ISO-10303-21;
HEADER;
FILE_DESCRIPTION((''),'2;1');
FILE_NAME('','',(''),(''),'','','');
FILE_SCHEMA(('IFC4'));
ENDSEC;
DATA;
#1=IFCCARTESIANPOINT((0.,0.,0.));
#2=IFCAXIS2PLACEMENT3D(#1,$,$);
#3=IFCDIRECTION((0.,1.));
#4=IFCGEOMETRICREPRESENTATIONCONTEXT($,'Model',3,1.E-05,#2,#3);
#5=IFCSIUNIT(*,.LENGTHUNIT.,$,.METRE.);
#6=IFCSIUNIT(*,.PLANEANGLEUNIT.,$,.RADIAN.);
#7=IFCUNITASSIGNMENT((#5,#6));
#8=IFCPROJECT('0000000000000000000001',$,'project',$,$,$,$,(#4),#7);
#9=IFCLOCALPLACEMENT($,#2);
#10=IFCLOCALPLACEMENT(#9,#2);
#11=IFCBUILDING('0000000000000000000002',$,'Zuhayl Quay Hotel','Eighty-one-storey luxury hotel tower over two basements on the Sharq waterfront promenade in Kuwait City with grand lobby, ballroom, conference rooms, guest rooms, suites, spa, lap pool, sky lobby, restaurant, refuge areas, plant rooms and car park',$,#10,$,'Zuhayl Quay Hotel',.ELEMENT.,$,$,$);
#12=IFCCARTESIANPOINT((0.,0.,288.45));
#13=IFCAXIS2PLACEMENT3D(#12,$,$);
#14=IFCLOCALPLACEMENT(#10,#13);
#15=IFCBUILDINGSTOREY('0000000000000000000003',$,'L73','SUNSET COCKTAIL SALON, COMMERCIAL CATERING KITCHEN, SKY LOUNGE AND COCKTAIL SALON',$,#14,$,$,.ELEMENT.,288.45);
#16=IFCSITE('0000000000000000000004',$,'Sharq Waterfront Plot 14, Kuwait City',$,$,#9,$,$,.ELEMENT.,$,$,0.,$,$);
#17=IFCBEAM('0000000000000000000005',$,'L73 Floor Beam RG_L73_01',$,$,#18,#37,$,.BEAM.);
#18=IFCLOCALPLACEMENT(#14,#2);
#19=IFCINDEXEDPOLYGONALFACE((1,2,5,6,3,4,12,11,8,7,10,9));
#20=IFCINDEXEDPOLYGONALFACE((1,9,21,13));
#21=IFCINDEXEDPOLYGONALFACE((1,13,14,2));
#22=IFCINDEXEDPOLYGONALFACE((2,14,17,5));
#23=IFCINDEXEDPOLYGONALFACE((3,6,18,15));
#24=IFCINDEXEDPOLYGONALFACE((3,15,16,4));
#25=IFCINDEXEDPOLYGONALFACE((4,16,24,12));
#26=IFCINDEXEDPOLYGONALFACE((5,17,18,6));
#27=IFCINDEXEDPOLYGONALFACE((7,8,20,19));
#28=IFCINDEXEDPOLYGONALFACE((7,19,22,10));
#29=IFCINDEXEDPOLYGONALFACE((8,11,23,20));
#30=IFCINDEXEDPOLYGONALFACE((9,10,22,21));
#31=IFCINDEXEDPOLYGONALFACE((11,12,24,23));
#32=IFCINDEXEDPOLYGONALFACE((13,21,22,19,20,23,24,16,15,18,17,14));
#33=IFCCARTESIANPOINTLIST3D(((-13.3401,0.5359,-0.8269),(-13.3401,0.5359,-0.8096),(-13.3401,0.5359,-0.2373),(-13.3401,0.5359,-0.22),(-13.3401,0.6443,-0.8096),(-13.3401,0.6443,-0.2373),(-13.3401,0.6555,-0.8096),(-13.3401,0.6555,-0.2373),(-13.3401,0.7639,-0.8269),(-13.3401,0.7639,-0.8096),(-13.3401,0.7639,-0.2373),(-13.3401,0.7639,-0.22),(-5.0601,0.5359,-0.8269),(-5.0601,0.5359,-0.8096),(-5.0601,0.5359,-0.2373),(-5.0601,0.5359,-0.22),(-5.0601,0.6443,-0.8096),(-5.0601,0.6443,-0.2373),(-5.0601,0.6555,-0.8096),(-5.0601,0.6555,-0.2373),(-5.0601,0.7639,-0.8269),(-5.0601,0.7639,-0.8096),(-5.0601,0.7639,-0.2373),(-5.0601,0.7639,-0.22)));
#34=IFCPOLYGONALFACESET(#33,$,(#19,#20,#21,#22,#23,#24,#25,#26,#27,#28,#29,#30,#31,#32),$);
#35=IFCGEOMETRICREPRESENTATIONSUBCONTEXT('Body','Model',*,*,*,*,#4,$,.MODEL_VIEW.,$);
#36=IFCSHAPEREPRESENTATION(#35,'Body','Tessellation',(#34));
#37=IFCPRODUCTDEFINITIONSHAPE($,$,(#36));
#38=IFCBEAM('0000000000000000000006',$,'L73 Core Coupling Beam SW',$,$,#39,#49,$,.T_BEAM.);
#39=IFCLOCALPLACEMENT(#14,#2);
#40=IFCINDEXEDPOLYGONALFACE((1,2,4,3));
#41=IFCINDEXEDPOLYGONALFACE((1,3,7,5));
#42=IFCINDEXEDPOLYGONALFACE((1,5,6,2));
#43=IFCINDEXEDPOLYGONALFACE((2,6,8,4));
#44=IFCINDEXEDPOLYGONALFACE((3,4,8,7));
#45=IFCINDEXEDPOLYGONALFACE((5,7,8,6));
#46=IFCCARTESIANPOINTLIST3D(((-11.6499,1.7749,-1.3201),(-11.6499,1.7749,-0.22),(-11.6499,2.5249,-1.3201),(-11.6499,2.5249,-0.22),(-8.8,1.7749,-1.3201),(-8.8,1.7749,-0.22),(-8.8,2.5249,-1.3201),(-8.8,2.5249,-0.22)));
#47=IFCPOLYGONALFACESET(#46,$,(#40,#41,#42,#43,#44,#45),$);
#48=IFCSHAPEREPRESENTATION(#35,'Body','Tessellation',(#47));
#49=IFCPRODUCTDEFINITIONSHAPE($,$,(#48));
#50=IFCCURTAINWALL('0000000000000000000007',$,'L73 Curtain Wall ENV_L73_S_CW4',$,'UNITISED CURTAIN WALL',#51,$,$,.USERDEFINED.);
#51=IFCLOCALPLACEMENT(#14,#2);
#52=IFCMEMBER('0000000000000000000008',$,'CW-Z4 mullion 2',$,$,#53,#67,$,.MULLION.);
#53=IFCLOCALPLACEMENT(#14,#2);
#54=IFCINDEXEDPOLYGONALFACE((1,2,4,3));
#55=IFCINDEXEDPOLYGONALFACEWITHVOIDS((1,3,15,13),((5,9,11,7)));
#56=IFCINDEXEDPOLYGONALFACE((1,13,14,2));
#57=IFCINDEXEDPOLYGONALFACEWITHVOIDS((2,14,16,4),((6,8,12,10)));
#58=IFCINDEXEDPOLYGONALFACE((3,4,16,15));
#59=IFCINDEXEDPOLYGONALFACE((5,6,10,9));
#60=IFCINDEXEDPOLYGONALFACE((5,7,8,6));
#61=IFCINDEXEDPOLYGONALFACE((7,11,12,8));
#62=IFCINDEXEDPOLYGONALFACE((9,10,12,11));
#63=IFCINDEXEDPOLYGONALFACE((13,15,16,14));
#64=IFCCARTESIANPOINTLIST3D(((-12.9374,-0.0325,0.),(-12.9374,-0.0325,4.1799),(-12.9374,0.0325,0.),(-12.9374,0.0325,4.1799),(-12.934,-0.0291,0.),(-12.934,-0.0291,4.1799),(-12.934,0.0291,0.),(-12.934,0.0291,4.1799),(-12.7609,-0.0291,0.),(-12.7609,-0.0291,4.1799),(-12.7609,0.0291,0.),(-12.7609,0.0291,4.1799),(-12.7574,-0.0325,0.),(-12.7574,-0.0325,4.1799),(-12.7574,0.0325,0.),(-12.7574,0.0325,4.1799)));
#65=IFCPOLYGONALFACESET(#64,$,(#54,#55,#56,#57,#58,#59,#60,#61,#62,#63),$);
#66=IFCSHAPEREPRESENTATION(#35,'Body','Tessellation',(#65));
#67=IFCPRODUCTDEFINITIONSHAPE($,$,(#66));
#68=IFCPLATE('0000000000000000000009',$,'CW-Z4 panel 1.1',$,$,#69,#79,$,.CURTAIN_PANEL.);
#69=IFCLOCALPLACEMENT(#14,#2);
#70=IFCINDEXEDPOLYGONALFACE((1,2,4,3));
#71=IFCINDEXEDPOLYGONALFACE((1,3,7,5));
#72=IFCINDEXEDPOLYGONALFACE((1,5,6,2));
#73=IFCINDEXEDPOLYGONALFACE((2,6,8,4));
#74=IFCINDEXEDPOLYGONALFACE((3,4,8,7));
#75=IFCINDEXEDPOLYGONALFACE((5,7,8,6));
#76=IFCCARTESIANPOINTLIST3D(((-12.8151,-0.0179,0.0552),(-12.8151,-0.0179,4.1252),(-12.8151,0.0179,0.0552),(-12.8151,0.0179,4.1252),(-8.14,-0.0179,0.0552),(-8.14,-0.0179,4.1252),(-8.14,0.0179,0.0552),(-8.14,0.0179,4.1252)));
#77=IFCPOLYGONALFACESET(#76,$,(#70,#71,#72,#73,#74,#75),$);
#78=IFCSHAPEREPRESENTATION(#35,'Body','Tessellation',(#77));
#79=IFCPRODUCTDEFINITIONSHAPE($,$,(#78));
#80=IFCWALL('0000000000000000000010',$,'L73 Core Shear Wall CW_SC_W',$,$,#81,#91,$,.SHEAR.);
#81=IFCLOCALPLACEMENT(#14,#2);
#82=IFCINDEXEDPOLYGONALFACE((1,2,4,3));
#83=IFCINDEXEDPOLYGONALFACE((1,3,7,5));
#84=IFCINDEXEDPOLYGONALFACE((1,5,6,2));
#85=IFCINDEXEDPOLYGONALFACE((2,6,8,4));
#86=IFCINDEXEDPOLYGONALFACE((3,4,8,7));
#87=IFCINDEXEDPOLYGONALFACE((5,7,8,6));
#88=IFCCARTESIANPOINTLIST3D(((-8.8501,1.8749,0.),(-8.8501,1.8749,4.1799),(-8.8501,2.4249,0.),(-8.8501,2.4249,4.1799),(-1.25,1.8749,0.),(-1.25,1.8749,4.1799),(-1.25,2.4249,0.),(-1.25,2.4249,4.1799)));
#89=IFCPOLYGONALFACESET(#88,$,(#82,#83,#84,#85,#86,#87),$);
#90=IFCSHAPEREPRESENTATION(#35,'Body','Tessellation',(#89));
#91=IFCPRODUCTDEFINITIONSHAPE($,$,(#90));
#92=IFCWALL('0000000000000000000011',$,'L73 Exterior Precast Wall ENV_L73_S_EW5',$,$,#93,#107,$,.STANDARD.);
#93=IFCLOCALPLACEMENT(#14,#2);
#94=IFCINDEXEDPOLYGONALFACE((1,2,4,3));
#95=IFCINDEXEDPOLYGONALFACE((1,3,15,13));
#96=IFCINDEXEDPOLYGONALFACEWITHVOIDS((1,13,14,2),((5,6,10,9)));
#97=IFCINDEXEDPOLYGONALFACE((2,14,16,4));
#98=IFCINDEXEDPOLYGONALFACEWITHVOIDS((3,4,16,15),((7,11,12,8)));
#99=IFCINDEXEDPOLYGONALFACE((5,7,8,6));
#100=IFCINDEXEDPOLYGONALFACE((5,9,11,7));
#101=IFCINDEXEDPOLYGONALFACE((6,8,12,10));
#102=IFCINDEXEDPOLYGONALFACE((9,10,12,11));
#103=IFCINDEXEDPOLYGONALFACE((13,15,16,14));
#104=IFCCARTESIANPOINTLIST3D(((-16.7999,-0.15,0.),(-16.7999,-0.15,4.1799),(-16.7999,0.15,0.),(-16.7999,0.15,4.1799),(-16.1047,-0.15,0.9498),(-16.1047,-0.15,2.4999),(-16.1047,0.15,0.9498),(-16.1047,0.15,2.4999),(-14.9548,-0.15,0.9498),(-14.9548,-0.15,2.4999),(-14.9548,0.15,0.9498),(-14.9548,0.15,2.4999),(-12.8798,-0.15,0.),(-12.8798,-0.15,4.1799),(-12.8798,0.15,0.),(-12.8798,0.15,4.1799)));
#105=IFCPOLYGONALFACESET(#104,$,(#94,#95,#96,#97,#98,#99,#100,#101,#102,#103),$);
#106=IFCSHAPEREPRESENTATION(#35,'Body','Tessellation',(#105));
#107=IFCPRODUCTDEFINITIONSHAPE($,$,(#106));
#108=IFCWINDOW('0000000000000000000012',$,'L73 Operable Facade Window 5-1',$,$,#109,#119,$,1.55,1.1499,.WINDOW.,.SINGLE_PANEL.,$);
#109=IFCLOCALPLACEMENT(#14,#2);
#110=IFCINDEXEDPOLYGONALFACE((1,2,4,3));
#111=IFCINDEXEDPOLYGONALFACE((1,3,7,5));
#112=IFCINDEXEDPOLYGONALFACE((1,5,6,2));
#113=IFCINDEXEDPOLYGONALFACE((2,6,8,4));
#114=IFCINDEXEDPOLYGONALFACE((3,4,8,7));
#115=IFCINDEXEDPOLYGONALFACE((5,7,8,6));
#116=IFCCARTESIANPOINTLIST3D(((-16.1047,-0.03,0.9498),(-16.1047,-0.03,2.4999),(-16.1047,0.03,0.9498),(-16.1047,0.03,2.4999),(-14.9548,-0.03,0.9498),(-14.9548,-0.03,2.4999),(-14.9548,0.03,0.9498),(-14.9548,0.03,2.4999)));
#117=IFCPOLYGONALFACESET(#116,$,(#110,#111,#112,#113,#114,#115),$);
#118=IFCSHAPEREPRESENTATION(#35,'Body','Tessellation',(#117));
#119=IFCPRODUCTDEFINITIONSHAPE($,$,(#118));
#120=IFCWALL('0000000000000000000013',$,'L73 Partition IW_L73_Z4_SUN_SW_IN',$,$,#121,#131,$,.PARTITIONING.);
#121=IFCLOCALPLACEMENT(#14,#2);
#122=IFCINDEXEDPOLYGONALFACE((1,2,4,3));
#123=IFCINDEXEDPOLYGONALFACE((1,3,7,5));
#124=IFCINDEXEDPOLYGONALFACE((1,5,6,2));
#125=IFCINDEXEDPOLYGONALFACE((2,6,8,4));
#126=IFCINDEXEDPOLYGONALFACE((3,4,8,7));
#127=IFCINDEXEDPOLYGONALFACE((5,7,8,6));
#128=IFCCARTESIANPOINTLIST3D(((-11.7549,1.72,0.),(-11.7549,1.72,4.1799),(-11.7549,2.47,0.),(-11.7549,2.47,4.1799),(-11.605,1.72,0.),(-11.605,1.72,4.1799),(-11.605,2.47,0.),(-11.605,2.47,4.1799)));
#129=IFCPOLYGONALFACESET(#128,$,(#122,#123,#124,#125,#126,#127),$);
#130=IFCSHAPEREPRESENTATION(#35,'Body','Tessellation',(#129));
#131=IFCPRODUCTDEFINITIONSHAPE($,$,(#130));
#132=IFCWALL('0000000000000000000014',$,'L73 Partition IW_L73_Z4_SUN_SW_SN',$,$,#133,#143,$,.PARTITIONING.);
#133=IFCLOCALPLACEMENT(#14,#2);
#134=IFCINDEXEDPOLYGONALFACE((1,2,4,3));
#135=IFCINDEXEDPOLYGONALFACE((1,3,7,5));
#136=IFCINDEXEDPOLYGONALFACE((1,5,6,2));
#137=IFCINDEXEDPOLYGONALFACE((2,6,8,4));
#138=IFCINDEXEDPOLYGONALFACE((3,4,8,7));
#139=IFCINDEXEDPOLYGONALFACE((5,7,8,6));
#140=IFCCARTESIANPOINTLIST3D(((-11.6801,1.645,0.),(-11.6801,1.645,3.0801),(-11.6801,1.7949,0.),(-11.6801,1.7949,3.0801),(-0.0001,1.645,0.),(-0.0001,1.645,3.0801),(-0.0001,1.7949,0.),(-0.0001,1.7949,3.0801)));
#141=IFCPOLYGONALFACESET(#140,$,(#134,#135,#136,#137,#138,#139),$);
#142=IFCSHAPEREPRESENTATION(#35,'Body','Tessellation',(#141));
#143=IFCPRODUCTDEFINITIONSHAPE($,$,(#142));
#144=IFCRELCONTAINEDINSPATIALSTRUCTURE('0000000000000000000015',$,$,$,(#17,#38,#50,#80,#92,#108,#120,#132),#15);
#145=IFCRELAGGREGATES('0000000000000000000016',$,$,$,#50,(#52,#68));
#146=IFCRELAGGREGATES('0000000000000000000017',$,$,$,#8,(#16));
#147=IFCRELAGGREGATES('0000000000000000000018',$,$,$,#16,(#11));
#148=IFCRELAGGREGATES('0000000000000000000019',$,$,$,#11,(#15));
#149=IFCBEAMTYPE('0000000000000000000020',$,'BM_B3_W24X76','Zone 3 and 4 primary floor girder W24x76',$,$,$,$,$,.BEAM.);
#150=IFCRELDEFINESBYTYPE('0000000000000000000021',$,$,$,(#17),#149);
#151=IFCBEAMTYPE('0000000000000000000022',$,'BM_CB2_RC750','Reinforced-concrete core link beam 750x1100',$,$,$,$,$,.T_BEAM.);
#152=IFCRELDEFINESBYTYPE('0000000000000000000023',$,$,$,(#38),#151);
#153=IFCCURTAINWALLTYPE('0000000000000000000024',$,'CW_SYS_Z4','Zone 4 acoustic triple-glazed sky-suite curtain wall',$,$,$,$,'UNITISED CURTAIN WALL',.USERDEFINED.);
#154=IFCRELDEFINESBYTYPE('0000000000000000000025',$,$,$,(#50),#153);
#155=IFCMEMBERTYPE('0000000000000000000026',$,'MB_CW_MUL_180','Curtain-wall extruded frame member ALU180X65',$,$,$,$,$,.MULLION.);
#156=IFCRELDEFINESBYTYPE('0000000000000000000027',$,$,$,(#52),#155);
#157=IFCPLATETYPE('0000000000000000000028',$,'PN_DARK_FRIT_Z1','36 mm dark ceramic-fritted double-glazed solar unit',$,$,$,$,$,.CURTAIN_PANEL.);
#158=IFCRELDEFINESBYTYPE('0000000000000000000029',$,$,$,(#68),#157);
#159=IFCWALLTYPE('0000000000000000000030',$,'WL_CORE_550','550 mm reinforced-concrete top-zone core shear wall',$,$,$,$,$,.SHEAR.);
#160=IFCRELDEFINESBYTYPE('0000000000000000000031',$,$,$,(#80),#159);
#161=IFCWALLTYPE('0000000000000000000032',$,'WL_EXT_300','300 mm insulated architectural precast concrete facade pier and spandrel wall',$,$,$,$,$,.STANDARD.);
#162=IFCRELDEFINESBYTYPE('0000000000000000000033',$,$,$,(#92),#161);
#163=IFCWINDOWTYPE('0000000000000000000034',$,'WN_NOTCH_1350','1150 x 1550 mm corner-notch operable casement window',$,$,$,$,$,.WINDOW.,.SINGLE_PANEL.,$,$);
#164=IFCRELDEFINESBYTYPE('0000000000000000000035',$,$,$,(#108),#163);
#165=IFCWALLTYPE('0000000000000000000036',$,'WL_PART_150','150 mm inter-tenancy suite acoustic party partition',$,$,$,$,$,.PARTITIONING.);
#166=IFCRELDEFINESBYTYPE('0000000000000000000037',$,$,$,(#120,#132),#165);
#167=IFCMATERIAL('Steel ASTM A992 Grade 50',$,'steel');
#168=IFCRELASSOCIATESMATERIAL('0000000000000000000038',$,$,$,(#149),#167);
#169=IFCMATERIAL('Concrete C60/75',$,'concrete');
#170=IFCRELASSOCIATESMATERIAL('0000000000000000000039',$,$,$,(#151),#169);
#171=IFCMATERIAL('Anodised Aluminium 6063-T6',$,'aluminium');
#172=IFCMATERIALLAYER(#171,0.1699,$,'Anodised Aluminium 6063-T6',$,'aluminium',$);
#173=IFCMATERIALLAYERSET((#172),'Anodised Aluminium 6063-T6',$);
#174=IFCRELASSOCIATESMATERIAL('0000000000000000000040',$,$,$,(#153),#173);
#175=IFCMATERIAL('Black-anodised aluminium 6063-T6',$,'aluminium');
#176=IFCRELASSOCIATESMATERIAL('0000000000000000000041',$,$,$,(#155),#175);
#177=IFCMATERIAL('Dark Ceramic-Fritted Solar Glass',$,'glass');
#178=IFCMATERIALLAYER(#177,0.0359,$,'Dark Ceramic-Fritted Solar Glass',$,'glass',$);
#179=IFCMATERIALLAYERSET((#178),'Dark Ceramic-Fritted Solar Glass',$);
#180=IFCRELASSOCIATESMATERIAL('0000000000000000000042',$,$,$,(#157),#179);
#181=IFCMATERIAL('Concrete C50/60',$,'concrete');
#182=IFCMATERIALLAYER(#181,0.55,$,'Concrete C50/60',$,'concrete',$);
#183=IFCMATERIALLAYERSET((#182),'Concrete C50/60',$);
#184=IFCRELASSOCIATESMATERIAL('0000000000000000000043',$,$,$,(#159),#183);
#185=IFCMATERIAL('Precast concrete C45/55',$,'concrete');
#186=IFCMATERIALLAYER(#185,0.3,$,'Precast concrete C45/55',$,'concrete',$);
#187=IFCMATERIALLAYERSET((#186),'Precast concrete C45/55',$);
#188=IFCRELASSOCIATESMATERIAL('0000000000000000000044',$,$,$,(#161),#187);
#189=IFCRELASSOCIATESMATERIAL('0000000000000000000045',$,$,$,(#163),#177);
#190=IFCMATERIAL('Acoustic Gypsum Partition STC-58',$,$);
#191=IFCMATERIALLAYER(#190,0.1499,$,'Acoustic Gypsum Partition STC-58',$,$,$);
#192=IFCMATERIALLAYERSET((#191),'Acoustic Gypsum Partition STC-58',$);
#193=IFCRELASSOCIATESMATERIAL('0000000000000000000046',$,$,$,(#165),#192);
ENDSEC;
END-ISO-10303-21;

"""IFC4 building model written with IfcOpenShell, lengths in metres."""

from ifc_helpers import new_model, si_unit, direction, frame, frame_2d, origin, origin_2d, place, context, subcontext, project, spatial, rectangle, hollow_rectangle, i_section, extrude, material, layer, layer_set, material_profile, profile_set, type_object, element, fill, aggregate, save


model = new_model("IFC4")

# Units and contexts
model_context = context("Model", 3, precision=1e-05, world=origin(), true_north=direction((0.0, 1.0)))
body_context = subcontext(model_context, "Body", "Model", "MODEL_VIEW")
ifc_project = project(units=[si_unit("LENGTHUNIT", "METRE"), si_unit("PLANEANGLEUNIT", "RADIAN")], contexts=[model_context])

# Site, building, storey
site_placement = place(None, origin())
site = spatial("IfcSite", under=ifc_project, at=site_placement, Name="Sharq Waterfront Plot 14, Kuwait City", CompositionType="ELEMENT", RefElevation=0.0)
building_placement = place(site_placement, origin())
building = spatial("IfcBuilding", under=site, at=building_placement, Name="Zuhayl Quay Hotel", Description="Eighty-one-storey luxury hotel tower over two basements on the Sharq waterfront promenade in Kuwait City with grand lobby, ballroom, conference rooms, guest rooms, suites, spa, lap pool, sky lobby, restaurant, refuge areas, plant rooms and car park", LongName="Zuhayl Quay Hotel", CompositionType="ELEMENT")
storey_placement = place(building_placement, frame((0.0, 0.0, 288.45)))
storey = spatial("IfcBuildingStorey", under=building, at=storey_placement, Name="L73", Description="SUNSET COCKTAIL SALON, COMMERCIAL CATERING KITCHEN, SKY LOUNGE AND COCKTAIL SALON", CompositionType="ELEMENT", Elevation=288.45)

# Beams
ifc_material_1 = material(Name="Steel ASTM A992 Grade 50", Category="steel")
ifc_material_profile_1 = material_profile(ifc_material_1, i_section(OverallWidth=0.228, OverallDepth=0.6069, WebThickness=0.0112, FlangeThickness=0.0173, at=origin_2d()), Name="W24X76")
ifc_profile_set_1 = profile_set([ifc_material_profile_1], Name="Steel ASTM A992 Grade 50")
beam_type_1 = type_object("IfcBeamType", Name="BM_B3_W24X76", Description="Zone 3 and 4 primary floor girder W24x76", PredefinedType="BEAM", material=ifc_profile_set_1)
beam_1_placement = place(storey_placement, frame((-13.3401, 0.6499, -0.5234), z_axis=(1.0, 0.0, 0.0), x_axis=(0.0, 1.0, 0.0)))
element("IfcBeam", 1, at=beam_1_placement, inside=storey, type_object=beam_type_1, Name="L73 Floor Beam RG_L73_01", PredefinedType="BEAM", context=body_context, shape_type="SweptSolid", body=[
    extrude(i_section(OverallWidth=0.228, OverallDepth=0.6069, WebThickness=0.0112, FlangeThickness=0.0173, at=origin_2d()), origin(), (0.0, 0.0, 1.0), 8.28),
])
ifc_material_2 = material(Name="Concrete C60/75", Category="concrete")
ifc_material_profile_2 = material_profile(ifc_material_2, rectangle(XDim=0.75, YDim=1.1001, at=origin_2d()), Name="RC750X1100")
ifc_profile_set_2 = profile_set([ifc_material_profile_2], Name="Concrete C60/75")
beam_type_2 = type_object("IfcBeamType", Name="BM_CB2_RC750", Description="Reinforced-concrete core link beam 750x1100", PredefinedType="T_BEAM", material=ifc_profile_set_2)
beam_2_placement = place(storey_placement, frame((-11.6499, 2.1499, -0.77), z_axis=(1.0, 0.0, 0.0), x_axis=(0.0, 1.0, 0.0)))
element("IfcBeam", 2, at=beam_2_placement, inside=storey, type_object=beam_type_2, Name="L73 Core Coupling Beam SW", PredefinedType="T_BEAM", context=body_context, shape_type="SweptSolid", body=[
    extrude(rectangle(XDim=0.75, YDim=1.1001, at=origin_2d()), origin(), (0.0, 0.0, 1.0), 2.8499),
])

# Curtain wall, member, plate
ifc_material_3 = material(Name="Anodised Aluminium 6063-T6", Category="aluminium")
ifc_layer_1 = layer(ifc_material_3, 0.1699, Name="Anodised Aluminium 6063-T6", Category="aluminium")
ifc_layer_set_1 = layer_set([ifc_layer_1], Name="Anodised Aluminium 6063-T6")
curtain_wall_type = type_object("IfcCurtainWallType", Name="CW_SYS_Z4", Description="Zone 4 acoustic triple-glazed sky-suite curtain wall", ElementType="UNITISED CURTAIN WALL", PredefinedType="USERDEFINED", material=ifc_layer_set_1)
curtain_wall_placement = place(storey_placement, origin())
curtain_wall = element("IfcCurtainWall", 3, at=curtain_wall_placement, inside=storey, type_object=curtain_wall_type, Name="L73 Curtain Wall ENV_L73_S_CW4", ObjectType="UNITISED CURTAIN WALL", PredefinedType="USERDEFINED")
ifc_material_4 = material(Name="Black-anodised aluminium 6063-T6", Category="aluminium")
ifc_material_profile_3 = material_profile(ifc_material_4, hollow_rectangle(XDim=0.0649, YDim=0.1799, WallThickness=0.0034, at=origin_2d()), Name="ALU180X65")
ifc_profile_set_3 = profile_set([ifc_material_profile_3], Name="Black-anodised aluminium 6063-T6")
member_type = type_object("IfcMemberType", Name="MB_CW_MUL_180", Description="Curtain-wall extruded frame member ALU180X65", PredefinedType="MULLION", material=ifc_profile_set_3)
member_placement = place(storey_placement, frame((-12.8474, 0.0, 0.0), z_axis=(0.0, 0.0, 1.0), x_axis=(0.0, -1.0, 0.0)))
member = element("IfcMember", 4, at=member_placement, type_object=member_type, Name="CW-Z4 mullion 2", PredefinedType="MULLION", context=body_context, shape_type="SweptSolid", body=[
    extrude(hollow_rectangle(XDim=0.0649, YDim=0.1799, WallThickness=0.0034, at=origin_2d()), origin(), (0.0, 0.0, 1.0), 4.1799),
])
ifc_material_5 = material(Name="Dark Ceramic-Fritted Solar Glass", Category="glass")
ifc_layer_2 = layer(ifc_material_5, 0.0359, Name="Dark Ceramic-Fritted Solar Glass", Category="glass")
ifc_layer_set_2 = layer_set([ifc_layer_2], Name="Dark Ceramic-Fritted Solar Glass")
plate_type = type_object("IfcPlateType", Name="PN_DARK_FRIT_Z1", Description="36 mm dark ceramic-fritted double-glazed solar unit", PredefinedType="CURTAIN_PANEL", material=ifc_layer_set_2)
plate_placement = place(storey_placement, frame((-10.4775, 0.0, 0.0552), z_axis=(0.0, 0.0, 1.0), x_axis=(-1.0, 0.0, 0.0)))
plate = element("IfcPlate", 5, at=plate_placement, type_object=plate_type, Name="CW-Z4 panel 1.1", PredefinedType="CURTAIN_PANEL", context=body_context, shape_type="SweptSolid", body=[
    extrude(rectangle(XDim=4.675, YDim=0.0359, at=origin_2d()), origin(), (0.0, 0.0, 1.0), 4.0701),
])
aggregate(curtain_wall, [member, plate])

# Wall
ifc_material_6 = material(Name="Concrete C50/60", Category="concrete")
ifc_layer_3 = layer(ifc_material_6, 0.55, Name="Concrete C50/60", Category="concrete")
ifc_layer_set_3 = layer_set([ifc_layer_3], Name="Concrete C50/60")
wall_type_1 = type_object("IfcWallType", Name="WL_CORE_550", Description="550 mm reinforced-concrete top-zone core shear wall", PredefinedType="SHEAR", material=ifc_layer_set_3)
wall_1_placement = place(storey_placement, frame((-8.8501, 2.1499, 0.0), z_axis=(0.0, 0.0, 1.0), x_axis=(1.0, 0.0, 0.0)))
element("IfcWall", 6, at=wall_1_placement, inside=storey, type_object=wall_type_1, Name="L73 Core Shear Wall CW_SC_W", PredefinedType="SHEAR", context=body_context, shape_type="SweptSolid", body=[
    extrude(rectangle(XDim=7.6001, YDim=0.55, at=frame_2d((3.8, 0.0))), origin(), (0.0, 0.0, 1.0), 4.1799),
])

# Wall, opening, window
ifc_material_7 = material(Name="Precast concrete C45/55", Category="concrete")
ifc_layer_4 = layer(ifc_material_7, 0.3, Name="Precast concrete C45/55", Category="concrete")
ifc_layer_set_4 = layer_set([ifc_layer_4], Name="Precast concrete C45/55")
wall_type_2 = type_object("IfcWallType", Name="WL_EXT_300", Description="300 mm insulated architectural precast concrete facade pier and spandrel wall", PredefinedType="STANDARD", material=ifc_layer_set_4)
wall_2_placement = place(storey_placement, frame((-12.8799, 0.0, 0.0), z_axis=(0.0, 0.0, 1.0), x_axis=(-1.0, 0.0, 0.0)))
wall_2 = element("IfcWall", 7, at=wall_2_placement, inside=storey, type_object=wall_type_2, Name="L73 Exterior Precast Wall ENV_L73_S_EW5", PredefinedType="STANDARD", context=body_context, shape_type="SweptSolid", body=[
    extrude(rectangle(XDim=3.9202, YDim=0.3, at=frame_2d((1.96, 0.0))), origin(), (0.0, 0.0, 1.0), 4.1799),
])
opening_1_placement = place(wall_2_placement, frame((2.075, 0.0, 0.95)))
opening_1 = element("IfcOpeningElement", 8, at=opening_1_placement, cuts=wall_2, PredefinedType="OPENING", context=body_context, shape_type="SweptSolid", body=[
    extrude(rectangle(XDim=1.1499, YDim=1.55, at=frame_2d((0.575, 0.7749))), frame((0.0, 0.1599, 0.0), z_axis=(0.0, -1.0, 0.0), x_axis=(1.0, 0.0, 0.0)), (0.0, 0.0, 1.0), 0.3201),
])
window_type = type_object("IfcWindowType", Name="WN_NOTCH_1350", Description="1150 x 1550 mm corner-notch operable casement window", PartitioningType="SINGLE_PANEL", PredefinedType="WINDOW", material=ifc_material_5)
window_placement = place(opening_1_placement, origin())
window = element("IfcWindow", 9, at=window_placement, inside=storey, type_object=window_type, Name="L73 Operable Facade Window 5-1", OverallHeight=1.55, OverallWidth=1.1499, PartitioningType="SINGLE_PANEL", PredefinedType="WINDOW", context=body_context, shape_type="SweptSolid", body=[
    extrude(rectangle(XDim=1.1499, YDim=1.55, at=frame_2d((0.575, 0.7749))), frame((0.0, 0.03, 0.0), z_axis=(0.0, -1.0, 0.0), x_axis=(1.0, 0.0, 0.0)), (0.0, 0.0, 1.0), 0.0601),
])
fill(opening_1, window)

# Walls
ifc_material_8 = material(Name="Acoustic Gypsum Partition STC-58")
ifc_layer_5 = layer(ifc_material_8, 0.1499, Name="Acoustic Gypsum Partition STC-58")
ifc_layer_set_5 = layer_set([ifc_layer_5], Name="Acoustic Gypsum Partition STC-58")
wall_type_3 = type_object("IfcWallType", Name="WL_PART_150", Description="150 mm inter-tenancy suite acoustic party partition", PredefinedType="PARTITIONING", material=ifc_layer_set_5)
wall_3_placement = place(storey_placement, frame((-11.6799, 1.72, 0.0), z_axis=(0.0, 0.0, 1.0), x_axis=(0.0, 1.0, 0.0)))
element("IfcWall", 10, at=wall_3_placement, inside=storey, type_object=wall_type_3, Name="L73 Partition IW_L73_Z4_SUN_SW_IN", PredefinedType="PARTITIONING", context=body_context, shape_type="SweptSolid", body=[
    extrude(rectangle(XDim=0.75, YDim=0.1499, at=frame_2d((0.375, 0.0))), origin(), (0.0, 0.0, 1.0), 4.1799),
])
wall_4_placement = place(storey_placement, frame((-11.6799, 1.72, 0.0), z_axis=(0.0, 0.0, 1.0), x_axis=(1.0, 0.0, 0.0)))
element("IfcWall", 11, at=wall_4_placement, inside=storey, type_object=wall_type_3, Name="L73 Partition IW_L73_Z4_SUN_SW_SN", PredefinedType="PARTITIONING", context=body_context, shape_type="SweptSolid", body=[
    extrude(rectangle(XDim=11.6799, YDim=0.1499, at=frame_2d((5.8398, 0.0))), origin(), (0.0, 0.0, 1.0), 3.0801),
])

save(model, "model.ifc")
